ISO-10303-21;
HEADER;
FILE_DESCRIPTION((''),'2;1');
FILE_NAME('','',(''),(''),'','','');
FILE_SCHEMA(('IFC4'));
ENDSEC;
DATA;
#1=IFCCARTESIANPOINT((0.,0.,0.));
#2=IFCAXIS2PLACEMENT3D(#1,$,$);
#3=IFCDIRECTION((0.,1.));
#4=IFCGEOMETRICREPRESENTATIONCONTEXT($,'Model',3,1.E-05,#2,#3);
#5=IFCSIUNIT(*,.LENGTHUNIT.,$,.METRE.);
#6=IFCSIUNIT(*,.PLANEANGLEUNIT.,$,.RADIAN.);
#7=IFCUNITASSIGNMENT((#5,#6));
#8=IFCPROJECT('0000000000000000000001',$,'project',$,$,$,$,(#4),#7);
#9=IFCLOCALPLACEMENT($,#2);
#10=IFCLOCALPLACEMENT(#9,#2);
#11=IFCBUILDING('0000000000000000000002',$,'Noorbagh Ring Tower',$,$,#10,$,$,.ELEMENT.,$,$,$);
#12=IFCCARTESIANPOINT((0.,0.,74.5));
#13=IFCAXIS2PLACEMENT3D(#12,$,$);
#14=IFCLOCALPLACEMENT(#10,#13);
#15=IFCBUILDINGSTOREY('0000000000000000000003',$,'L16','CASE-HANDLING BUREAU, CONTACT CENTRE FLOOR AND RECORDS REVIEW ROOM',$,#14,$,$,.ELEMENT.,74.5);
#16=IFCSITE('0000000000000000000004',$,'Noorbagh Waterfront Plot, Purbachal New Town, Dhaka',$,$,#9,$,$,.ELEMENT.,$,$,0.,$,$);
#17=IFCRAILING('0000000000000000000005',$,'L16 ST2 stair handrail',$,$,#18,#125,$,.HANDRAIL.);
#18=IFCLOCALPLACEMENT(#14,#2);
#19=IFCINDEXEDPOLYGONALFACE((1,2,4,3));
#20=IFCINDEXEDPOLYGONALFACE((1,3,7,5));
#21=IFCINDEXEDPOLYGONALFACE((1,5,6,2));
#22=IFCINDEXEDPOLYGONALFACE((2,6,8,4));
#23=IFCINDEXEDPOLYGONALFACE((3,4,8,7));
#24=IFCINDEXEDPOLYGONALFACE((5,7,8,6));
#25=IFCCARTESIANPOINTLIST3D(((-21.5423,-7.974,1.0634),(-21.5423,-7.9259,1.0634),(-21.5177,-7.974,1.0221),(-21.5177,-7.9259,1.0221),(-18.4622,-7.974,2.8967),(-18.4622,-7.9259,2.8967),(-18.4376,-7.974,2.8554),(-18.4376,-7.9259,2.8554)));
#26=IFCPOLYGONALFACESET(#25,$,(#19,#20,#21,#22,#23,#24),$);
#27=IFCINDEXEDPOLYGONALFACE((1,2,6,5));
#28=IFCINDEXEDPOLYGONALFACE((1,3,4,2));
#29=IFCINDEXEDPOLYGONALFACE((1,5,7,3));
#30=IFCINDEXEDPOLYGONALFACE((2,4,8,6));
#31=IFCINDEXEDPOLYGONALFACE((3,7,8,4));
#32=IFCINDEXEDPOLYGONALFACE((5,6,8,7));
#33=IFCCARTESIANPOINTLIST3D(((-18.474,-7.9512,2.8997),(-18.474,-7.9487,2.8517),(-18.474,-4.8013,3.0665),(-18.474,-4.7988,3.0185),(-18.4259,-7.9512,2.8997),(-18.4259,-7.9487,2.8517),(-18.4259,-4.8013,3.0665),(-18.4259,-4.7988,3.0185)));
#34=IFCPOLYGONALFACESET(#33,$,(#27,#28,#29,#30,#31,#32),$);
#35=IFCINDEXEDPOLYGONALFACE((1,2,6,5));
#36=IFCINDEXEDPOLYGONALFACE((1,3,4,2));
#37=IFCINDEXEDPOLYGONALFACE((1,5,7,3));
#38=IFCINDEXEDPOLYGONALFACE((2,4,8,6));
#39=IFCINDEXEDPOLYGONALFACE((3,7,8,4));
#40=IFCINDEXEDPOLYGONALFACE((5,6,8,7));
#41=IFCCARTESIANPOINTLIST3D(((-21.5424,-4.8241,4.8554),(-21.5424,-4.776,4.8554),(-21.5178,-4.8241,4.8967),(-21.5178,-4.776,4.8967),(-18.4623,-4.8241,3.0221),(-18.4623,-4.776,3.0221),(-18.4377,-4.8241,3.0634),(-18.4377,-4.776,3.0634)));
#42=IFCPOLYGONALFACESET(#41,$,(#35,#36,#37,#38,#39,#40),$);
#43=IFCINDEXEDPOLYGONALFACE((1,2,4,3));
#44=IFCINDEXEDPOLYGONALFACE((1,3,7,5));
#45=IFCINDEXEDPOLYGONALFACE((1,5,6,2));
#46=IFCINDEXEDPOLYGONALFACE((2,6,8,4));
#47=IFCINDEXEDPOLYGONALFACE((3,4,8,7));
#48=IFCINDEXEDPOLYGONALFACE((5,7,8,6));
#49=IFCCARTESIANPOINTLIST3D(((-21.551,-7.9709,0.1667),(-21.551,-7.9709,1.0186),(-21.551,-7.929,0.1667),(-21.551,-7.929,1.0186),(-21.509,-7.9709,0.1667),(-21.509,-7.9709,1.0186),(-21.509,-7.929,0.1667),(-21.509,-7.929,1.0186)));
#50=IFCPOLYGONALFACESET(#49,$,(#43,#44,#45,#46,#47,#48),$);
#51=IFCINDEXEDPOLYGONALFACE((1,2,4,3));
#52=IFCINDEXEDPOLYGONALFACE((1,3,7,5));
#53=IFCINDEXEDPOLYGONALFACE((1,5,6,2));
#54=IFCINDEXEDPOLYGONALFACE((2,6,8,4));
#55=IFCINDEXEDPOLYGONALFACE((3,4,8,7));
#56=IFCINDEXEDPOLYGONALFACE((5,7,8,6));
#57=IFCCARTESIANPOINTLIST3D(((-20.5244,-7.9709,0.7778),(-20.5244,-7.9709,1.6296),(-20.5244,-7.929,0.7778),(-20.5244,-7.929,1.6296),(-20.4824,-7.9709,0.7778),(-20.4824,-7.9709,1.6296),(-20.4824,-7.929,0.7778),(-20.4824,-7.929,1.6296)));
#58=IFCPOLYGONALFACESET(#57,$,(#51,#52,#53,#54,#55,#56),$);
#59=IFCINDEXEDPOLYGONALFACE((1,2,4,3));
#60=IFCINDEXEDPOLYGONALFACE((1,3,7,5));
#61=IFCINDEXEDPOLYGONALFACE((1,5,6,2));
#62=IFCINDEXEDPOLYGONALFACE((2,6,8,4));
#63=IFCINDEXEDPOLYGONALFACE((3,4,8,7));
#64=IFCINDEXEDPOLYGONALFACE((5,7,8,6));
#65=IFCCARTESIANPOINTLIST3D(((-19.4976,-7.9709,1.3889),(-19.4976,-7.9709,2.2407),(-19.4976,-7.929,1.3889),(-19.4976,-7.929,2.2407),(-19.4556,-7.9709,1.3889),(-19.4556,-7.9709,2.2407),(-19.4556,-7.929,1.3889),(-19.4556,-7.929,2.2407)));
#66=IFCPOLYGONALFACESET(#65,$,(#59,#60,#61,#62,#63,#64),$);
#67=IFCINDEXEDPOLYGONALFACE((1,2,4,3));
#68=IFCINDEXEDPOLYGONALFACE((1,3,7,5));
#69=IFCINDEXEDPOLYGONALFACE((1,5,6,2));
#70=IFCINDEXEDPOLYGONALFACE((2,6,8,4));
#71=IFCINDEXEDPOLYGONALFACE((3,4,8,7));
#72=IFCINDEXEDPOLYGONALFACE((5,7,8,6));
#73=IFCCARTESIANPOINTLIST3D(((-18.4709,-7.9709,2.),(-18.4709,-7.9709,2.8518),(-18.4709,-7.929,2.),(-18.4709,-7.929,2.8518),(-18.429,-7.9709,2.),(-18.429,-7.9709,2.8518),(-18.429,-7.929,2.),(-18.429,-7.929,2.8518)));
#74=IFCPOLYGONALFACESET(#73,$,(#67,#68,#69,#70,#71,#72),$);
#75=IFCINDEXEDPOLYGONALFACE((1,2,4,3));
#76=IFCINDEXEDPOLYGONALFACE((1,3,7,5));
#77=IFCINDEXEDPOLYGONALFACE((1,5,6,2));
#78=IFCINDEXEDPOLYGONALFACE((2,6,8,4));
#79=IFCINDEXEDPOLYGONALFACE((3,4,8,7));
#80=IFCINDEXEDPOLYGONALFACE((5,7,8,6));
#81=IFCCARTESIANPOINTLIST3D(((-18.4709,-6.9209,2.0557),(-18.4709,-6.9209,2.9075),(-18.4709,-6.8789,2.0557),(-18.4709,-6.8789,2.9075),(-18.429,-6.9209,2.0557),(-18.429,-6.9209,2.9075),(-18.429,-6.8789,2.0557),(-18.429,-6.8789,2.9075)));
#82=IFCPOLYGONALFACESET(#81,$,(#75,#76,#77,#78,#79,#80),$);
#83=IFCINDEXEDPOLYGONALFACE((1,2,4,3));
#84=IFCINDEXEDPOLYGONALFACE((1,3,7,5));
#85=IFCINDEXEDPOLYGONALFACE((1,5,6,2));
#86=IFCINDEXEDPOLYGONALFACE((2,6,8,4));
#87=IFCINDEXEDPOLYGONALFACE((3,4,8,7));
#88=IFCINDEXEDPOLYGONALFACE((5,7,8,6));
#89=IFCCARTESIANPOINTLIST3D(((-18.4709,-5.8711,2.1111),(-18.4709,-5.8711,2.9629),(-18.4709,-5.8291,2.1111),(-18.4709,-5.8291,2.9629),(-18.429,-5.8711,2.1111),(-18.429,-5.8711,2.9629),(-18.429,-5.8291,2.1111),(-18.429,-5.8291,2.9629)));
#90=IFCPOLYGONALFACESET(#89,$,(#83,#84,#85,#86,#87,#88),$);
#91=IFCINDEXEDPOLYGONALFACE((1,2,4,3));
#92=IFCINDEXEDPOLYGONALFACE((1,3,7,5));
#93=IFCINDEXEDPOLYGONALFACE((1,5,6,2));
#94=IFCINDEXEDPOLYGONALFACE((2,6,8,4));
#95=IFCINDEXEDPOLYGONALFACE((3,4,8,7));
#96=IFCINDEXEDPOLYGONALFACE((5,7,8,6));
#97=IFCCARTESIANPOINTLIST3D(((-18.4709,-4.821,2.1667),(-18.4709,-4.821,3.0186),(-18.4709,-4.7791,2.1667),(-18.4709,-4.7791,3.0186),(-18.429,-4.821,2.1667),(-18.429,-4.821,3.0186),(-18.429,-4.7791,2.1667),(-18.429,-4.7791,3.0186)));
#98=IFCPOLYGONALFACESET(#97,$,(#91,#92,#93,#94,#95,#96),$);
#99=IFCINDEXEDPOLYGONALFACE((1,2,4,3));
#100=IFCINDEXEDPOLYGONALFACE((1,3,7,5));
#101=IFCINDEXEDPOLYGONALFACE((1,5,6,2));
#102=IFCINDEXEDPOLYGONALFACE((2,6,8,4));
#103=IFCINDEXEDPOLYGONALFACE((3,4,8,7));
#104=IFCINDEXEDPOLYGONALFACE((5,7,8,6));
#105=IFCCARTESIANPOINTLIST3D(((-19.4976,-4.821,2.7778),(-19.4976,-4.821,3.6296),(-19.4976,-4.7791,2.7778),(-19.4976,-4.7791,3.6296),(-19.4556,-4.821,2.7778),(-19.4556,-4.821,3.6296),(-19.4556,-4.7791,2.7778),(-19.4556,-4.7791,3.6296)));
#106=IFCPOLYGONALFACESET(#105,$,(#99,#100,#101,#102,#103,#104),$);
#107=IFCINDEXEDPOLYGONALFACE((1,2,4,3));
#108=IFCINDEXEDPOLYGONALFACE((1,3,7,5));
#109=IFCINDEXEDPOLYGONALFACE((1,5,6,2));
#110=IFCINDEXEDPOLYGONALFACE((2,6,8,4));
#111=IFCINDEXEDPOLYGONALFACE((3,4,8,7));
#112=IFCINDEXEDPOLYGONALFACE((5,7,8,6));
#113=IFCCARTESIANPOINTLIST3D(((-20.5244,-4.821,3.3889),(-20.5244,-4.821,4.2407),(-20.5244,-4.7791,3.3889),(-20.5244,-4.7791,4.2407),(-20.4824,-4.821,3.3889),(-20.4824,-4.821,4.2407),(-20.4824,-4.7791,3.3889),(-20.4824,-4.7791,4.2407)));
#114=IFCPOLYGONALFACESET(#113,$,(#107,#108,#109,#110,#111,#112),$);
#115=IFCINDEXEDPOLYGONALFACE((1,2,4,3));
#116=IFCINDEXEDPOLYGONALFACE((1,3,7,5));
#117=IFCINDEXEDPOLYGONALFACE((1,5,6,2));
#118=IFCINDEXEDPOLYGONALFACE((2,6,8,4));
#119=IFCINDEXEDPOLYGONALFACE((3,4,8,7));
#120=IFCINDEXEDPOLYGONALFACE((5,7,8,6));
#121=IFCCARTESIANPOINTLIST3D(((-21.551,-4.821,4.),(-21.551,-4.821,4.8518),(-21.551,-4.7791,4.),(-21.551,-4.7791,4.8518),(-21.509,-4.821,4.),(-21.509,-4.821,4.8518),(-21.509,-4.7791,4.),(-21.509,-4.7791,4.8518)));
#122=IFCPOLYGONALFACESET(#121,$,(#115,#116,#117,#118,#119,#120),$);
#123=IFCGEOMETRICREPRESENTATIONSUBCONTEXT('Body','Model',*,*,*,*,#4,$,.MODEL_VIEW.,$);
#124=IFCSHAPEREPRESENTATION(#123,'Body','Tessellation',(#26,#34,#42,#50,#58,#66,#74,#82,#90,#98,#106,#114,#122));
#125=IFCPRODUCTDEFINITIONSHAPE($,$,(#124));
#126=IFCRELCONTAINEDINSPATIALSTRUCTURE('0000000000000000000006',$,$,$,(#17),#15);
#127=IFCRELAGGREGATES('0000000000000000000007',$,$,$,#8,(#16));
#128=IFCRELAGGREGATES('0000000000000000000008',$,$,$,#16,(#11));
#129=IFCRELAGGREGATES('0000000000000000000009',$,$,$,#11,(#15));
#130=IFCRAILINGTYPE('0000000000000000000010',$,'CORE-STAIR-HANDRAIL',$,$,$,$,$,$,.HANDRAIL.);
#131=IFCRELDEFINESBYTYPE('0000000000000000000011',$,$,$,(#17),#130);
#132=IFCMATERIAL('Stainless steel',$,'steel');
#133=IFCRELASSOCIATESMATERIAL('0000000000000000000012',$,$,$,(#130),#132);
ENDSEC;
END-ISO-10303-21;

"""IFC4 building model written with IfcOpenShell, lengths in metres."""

from ifc_helpers import new_model, si_unit, direction, frame, origin, origin_2d, place, context, subcontext, project, spatial, rectangle, extrude, material, type_object, element, save


model = new_model("IFC4")

# Units and contexts
model_context = context("Model", 3, precision=1e-05, world=origin(), true_north=direction((0.0, 1.0)))
body_context = subcontext(model_context, "Body", "Model", "MODEL_VIEW")
ifc_project = project(units=[si_unit("LENGTHUNIT", "METRE"), si_unit("PLANEANGLEUNIT", "RADIAN")], contexts=[model_context])

# Site, building, storey
site_placement = place(None, origin())
site = spatial("IfcSite", under=ifc_project, at=site_placement, Name="Noorbagh Waterfront Plot, Purbachal New Town, Dhaka", CompositionType="ELEMENT", RefElevation=0.0)
building_placement = place(site_placement, origin())
building = spatial("IfcBuilding", under=site, at=building_placement, Name="Noorbagh Ring Tower", CompositionType="ELEMENT")
storey_placement = place(building_placement, frame((0.0, 0.0, 74.5)))
storey = spatial("IfcBuildingStorey", under=building, at=storey_placement, Name="L16", Description="CASE-HANDLING BUREAU, CONTACT CENTRE FLOOR AND RECORDS REVIEW ROOM", CompositionType="ELEMENT", Elevation=74.5)

# Railing
ifc_material_1 = material(Name="Stainless steel", Category="steel")
railing_type_1 = type_object("IfcRailingType", Name="CORE-STAIR-HANDRAIL", PredefinedType="HANDRAIL", material=ifc_material_1)
railing_1_placement = place(storey_placement, frame((-21.53, -7.95, 0.1667)))
element("IfcRailing", 1, at=railing_1_placement, inside=storey, type_object=railing_type_1, Name="L16 ST2 stair handrail", PredefinedType="HANDRAIL", context=body_context, shape_type="SweptSolid", body=[
    extrude(rectangle(XDim=0.0481, YDim=0.0481, at=origin_2d()), frame((0.0, 0.0, 0.876), z_axis=(0.859309, 0.0, 0.511458), x_axis=(0.0, 1.0, 0.0)), (0.0, 0.0, 1.0), 3.5845),
    extrude(rectangle(XDim=0.0481, YDim=0.0481, at=origin_2d()), frame((3.0801, 0.0, 2.709), z_axis=(0.0, 0.998602, 0.052864), x_axis=(-1.0, 0.0, 0.0)), (0.0, 0.0, 1.0), 3.1543),
    extrude(rectangle(XDim=0.0481, YDim=0.0481, at=origin_2d()), frame((3.0801, 3.1499, 2.876), z_axis=(-0.859309, 0.0, 0.511458), x_axis=(0.0, -1.0, 0.0)), (0.0, 0.0, 1.0), 3.5845),
    extrude(rectangle(XDim=0.042, YDim=0.042, at=origin_2d()), origin(), (0.0, 0.0, 1.0), 0.8518),
    extrude(rectangle(XDim=0.042, YDim=0.042, at=origin_2d()), frame((1.0266, 0.0, 0.6111)), (0.0, 0.0, 1.0), 0.8518),
    extrude(rectangle(XDim=0.042, YDim=0.042, at=origin_2d()), frame((2.0535, 0.0, 1.2222)), (0.0, 0.0, 1.0), 0.8518),
    extrude(rectangle(XDim=0.042, YDim=0.042, at=origin_2d()), frame((3.0801, 0.0, 1.8333)), (0.0, 0.0, 1.0), 0.8518),
    extrude(rectangle(XDim=0.042, YDim=0.042, at=origin_2d()), frame((3.0801, 1.05, 1.8889)), (0.0, 0.0, 1.0), 0.8518),
    extrude(rectangle(XDim=0.042, YDim=0.042, at=origin_2d()), frame((3.0801, 2.0999, 1.9443)), (0.0, 0.0, 1.0), 0.8518),
    extrude(rectangle(XDim=0.042, YDim=0.042, at=origin_2d()), frame((3.0801, 3.1499, 2.0)), (0.0, 0.0, 1.0), 0.8518),
    extrude(rectangle(XDim=0.042, YDim=0.042, at=origin_2d()), frame((2.0535, 3.1499, 2.6111)), (0.0, 0.0, 1.0), 0.8518),
    extrude(rectangle(XDim=0.042, YDim=0.042, at=origin_2d()), frame((1.0266, 3.1499, 3.2222)), (0.0, 0.0, 1.0), 0.8518),
    extrude(rectangle(XDim=0.042, YDim=0.042, at=origin_2d()), frame((0.0, 3.1499, 3.8333)), (0.0, 0.0, 1.0), 0.8518),
])

save(model, "model.ifc")
